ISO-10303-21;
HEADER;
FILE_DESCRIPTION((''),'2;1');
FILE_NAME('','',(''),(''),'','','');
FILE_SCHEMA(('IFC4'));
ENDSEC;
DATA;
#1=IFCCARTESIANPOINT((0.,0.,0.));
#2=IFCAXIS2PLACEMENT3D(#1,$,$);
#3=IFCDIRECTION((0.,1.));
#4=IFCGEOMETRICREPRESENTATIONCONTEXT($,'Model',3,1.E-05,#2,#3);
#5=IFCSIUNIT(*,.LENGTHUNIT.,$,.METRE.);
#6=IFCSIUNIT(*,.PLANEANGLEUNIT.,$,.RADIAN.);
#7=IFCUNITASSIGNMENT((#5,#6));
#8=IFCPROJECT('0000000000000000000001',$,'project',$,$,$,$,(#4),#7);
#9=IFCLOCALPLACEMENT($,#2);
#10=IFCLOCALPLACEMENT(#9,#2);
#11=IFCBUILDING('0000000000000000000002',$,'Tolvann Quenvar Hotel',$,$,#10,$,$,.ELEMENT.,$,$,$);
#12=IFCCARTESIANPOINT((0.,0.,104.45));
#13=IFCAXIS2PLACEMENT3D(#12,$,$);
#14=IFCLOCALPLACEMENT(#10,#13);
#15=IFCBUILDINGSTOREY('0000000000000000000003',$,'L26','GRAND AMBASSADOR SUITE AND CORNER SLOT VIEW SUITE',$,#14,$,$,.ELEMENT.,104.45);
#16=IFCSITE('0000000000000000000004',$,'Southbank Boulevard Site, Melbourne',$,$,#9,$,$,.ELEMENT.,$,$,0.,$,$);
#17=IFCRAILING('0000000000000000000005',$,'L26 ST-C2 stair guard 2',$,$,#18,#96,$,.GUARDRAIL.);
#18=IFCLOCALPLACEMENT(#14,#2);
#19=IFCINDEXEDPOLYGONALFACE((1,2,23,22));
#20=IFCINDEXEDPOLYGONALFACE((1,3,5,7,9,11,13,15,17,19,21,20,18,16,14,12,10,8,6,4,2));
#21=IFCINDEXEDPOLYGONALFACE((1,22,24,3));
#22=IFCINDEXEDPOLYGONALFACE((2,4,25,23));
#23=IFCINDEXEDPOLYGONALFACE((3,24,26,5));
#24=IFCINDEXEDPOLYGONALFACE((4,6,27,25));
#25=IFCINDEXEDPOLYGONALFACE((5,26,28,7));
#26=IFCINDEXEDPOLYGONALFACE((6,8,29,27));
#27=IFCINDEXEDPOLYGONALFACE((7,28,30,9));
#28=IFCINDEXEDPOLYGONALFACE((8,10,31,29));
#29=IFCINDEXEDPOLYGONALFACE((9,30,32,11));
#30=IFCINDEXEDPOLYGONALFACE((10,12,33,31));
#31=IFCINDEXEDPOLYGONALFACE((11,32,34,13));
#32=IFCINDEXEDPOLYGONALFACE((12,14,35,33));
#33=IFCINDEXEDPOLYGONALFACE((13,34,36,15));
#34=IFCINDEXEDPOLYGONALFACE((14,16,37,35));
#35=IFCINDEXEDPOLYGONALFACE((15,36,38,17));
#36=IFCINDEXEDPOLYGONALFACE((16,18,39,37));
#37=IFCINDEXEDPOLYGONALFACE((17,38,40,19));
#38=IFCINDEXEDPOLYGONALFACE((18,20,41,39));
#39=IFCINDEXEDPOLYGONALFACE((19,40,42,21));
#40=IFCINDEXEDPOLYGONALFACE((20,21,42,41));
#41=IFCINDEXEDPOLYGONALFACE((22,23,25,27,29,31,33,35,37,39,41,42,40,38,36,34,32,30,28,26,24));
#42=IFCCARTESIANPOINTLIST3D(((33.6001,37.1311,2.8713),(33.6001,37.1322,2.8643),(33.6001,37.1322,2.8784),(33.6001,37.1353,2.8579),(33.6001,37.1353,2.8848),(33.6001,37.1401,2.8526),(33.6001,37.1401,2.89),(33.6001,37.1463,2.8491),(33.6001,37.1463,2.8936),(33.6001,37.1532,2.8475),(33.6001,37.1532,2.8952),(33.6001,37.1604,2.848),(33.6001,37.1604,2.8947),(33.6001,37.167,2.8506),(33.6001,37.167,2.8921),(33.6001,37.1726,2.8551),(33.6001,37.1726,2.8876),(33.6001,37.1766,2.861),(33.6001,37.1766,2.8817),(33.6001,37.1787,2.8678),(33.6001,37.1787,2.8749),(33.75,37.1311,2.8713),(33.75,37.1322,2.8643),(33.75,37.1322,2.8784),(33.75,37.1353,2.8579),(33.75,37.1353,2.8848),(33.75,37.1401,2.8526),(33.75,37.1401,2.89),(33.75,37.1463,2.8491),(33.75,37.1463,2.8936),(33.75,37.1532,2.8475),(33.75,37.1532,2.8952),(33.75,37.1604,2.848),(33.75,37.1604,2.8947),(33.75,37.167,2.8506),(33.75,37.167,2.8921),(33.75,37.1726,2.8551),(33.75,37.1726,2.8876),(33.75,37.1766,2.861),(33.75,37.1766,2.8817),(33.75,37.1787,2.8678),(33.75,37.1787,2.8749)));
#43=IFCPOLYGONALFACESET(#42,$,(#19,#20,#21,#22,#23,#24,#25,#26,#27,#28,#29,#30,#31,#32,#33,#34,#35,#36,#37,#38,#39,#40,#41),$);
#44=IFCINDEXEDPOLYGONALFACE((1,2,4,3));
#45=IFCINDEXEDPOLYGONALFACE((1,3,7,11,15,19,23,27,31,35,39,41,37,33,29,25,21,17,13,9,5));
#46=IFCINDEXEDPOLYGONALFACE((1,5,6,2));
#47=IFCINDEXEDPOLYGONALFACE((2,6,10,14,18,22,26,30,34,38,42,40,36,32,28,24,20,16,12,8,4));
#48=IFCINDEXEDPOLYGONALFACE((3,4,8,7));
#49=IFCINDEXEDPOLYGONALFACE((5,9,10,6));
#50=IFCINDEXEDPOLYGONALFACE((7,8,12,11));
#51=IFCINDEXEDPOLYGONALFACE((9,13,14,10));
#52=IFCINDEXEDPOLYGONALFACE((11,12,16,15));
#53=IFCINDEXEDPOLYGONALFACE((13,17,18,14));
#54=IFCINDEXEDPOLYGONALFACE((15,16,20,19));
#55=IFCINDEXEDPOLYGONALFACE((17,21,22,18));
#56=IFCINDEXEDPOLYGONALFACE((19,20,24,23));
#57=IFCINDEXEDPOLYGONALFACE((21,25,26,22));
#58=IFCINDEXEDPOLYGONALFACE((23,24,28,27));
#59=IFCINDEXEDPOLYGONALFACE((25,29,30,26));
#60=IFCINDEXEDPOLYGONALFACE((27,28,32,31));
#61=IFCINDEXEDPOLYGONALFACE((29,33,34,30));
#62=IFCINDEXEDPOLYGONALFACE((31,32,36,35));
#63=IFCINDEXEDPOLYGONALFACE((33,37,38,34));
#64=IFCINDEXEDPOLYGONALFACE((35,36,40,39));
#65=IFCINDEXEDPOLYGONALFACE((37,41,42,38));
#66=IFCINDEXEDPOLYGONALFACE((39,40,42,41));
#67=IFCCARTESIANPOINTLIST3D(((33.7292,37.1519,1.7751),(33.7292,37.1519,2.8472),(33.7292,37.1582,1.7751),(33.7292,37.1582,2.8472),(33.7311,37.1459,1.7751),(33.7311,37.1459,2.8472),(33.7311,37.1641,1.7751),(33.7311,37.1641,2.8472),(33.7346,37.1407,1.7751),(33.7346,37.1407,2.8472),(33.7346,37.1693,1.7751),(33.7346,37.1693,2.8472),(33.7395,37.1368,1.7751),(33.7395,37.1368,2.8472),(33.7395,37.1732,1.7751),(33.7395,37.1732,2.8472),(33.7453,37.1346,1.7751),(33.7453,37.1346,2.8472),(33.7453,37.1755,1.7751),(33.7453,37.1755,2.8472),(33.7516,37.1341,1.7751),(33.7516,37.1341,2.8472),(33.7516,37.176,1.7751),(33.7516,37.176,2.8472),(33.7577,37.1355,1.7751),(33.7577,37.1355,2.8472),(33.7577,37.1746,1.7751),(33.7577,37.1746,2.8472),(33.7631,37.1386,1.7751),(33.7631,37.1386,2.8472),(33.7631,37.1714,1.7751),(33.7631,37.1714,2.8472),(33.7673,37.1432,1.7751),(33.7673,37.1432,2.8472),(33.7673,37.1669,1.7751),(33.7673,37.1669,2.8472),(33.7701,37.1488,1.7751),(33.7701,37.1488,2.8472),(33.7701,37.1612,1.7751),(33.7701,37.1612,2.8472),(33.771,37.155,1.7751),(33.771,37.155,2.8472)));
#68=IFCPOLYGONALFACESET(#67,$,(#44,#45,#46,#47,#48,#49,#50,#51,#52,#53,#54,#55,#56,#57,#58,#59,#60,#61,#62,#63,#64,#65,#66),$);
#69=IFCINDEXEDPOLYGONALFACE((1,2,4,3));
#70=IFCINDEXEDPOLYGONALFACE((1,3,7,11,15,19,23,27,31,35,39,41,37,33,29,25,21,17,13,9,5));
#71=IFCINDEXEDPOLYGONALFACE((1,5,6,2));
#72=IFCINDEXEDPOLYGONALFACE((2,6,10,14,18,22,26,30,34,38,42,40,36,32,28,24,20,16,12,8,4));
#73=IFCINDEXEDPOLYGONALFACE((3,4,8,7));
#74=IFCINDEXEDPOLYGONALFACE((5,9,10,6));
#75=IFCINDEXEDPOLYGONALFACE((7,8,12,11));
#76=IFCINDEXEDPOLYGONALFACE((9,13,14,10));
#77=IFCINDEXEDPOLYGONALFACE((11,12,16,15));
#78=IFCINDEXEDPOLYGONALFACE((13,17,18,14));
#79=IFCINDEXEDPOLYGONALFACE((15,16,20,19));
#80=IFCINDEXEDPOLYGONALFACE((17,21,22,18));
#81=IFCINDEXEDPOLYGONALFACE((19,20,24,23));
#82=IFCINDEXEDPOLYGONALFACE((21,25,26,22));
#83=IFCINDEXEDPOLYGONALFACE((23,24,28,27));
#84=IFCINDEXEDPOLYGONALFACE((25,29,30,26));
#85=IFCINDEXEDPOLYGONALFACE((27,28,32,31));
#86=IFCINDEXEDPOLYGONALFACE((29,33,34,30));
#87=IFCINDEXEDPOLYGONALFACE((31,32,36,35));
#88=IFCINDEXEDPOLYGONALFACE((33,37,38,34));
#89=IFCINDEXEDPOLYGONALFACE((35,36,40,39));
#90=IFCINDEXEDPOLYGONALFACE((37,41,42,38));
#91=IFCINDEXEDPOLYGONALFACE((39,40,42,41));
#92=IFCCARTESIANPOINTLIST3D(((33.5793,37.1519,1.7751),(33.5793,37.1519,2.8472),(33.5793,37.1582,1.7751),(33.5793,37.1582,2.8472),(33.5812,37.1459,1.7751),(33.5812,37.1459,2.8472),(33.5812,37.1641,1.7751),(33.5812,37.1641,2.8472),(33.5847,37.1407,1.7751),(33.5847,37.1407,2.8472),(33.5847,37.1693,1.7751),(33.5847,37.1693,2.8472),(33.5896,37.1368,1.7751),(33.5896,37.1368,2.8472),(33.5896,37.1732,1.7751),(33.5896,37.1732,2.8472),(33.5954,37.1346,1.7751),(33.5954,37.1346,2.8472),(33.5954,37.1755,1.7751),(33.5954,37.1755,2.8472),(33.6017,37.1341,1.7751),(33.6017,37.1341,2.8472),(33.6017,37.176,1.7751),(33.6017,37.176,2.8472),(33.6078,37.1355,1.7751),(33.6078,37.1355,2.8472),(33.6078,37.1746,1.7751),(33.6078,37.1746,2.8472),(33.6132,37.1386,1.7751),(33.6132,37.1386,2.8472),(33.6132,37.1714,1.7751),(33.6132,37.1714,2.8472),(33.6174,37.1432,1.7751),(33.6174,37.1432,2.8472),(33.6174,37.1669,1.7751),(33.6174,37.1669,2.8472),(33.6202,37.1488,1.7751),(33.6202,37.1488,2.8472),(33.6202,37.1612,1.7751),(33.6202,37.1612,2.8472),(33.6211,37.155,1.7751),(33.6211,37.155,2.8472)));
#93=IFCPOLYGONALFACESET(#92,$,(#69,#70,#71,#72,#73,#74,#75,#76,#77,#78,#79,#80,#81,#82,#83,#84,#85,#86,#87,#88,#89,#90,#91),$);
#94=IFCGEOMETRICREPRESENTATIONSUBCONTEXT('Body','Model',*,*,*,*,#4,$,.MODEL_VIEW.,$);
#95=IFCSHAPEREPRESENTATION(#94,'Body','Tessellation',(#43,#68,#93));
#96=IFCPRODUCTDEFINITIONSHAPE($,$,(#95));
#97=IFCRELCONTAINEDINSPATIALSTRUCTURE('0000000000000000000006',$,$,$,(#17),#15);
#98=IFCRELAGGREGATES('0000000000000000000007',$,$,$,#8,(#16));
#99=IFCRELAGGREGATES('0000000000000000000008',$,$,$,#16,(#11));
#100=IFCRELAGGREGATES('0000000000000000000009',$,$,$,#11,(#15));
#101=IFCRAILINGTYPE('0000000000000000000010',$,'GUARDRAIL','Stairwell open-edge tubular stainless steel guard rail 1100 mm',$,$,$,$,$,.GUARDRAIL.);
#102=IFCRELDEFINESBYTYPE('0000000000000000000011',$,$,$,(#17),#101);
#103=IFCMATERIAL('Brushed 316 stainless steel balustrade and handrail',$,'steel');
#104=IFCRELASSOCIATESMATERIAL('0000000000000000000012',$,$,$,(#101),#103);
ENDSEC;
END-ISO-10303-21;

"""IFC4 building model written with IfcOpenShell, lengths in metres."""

from ifc_helpers import new_model, si_unit, direction, frame, origin, origin_2d, place, context, subcontext, project, spatial, circle, extrude, material, type_object, element, save


model = new_model("IFC4")

# Units and contexts
model_context = context("Model", 3, precision=1e-05, world=origin(), true_north=direction((0.0, 1.0)))
body_context = subcontext(model_context, "Body", "Model", "MODEL_VIEW")
ifc_project = project(units=[si_unit("LENGTHUNIT", "METRE"), si_unit("PLANEANGLEUNIT", "RADIAN")], contexts=[model_context])

# Site, building, storey
site_placement = place(None, origin())
site = spatial("IfcSite", under=ifc_project, at=site_placement, Name="Southbank Boulevard Site, Melbourne", CompositionType="ELEMENT", RefElevation=0.0)
building_placement = place(site_placement, origin())
building = spatial("IfcBuilding", under=site, at=building_placement, Name="Tolvann Quenvar Hotel", CompositionType="ELEMENT")
storey_placement = place(building_placement, frame((0.0, 0.0, 104.45)))
storey = spatial("IfcBuildingStorey", under=building, at=storey_placement, Name="L26", Description="GRAND AMBASSADOR SUITE AND CORNER SLOT VIEW SUITE", CompositionType="ELEMENT", Elevation=104.45)

# Railing
ifc_material_1 = material(Name="Brushed 316 stainless steel balustrade and handrail", Category="steel")
railing_type_1 = type_object("IfcRailingType", Name="GUARDRAIL", Description="Stairwell open-edge tubular stainless steel guard rail 1100 mm", PredefinedType="GUARDRAIL", material=ifc_material_1)
railing_1_placement = place(storey_placement, frame((33.75, 37.155, 1.7751)))
element("IfcRailing", 1, at=railing_1_placement, inside=storey, type_object=railing_type_1, Name="L26 ST-C2 stair guard 2", PredefinedType="GUARDRAIL", context=body_context, shape_type="SweptSolid", body=[
    extrude(circle(Radius=0.0239, at=origin_2d()), frame((0.0, 0.0, 1.0962), z_axis=(-1.0, 0.0, 0.0), x_axis=(0.0, -1.0, 0.0)), (0.0, 0.0, 1.0), 0.1499),
    extrude(circle(Radius=0.021, at=origin_2d()), origin(), (0.0, 0.0, 1.0), 1.072),
    extrude(circle(Radius=0.021, at=origin_2d()), frame((-0.1499, 0.0, 0.0)), (0.0, 0.0, 1.0), 1.072),
])

save(model, "model.ifc")
